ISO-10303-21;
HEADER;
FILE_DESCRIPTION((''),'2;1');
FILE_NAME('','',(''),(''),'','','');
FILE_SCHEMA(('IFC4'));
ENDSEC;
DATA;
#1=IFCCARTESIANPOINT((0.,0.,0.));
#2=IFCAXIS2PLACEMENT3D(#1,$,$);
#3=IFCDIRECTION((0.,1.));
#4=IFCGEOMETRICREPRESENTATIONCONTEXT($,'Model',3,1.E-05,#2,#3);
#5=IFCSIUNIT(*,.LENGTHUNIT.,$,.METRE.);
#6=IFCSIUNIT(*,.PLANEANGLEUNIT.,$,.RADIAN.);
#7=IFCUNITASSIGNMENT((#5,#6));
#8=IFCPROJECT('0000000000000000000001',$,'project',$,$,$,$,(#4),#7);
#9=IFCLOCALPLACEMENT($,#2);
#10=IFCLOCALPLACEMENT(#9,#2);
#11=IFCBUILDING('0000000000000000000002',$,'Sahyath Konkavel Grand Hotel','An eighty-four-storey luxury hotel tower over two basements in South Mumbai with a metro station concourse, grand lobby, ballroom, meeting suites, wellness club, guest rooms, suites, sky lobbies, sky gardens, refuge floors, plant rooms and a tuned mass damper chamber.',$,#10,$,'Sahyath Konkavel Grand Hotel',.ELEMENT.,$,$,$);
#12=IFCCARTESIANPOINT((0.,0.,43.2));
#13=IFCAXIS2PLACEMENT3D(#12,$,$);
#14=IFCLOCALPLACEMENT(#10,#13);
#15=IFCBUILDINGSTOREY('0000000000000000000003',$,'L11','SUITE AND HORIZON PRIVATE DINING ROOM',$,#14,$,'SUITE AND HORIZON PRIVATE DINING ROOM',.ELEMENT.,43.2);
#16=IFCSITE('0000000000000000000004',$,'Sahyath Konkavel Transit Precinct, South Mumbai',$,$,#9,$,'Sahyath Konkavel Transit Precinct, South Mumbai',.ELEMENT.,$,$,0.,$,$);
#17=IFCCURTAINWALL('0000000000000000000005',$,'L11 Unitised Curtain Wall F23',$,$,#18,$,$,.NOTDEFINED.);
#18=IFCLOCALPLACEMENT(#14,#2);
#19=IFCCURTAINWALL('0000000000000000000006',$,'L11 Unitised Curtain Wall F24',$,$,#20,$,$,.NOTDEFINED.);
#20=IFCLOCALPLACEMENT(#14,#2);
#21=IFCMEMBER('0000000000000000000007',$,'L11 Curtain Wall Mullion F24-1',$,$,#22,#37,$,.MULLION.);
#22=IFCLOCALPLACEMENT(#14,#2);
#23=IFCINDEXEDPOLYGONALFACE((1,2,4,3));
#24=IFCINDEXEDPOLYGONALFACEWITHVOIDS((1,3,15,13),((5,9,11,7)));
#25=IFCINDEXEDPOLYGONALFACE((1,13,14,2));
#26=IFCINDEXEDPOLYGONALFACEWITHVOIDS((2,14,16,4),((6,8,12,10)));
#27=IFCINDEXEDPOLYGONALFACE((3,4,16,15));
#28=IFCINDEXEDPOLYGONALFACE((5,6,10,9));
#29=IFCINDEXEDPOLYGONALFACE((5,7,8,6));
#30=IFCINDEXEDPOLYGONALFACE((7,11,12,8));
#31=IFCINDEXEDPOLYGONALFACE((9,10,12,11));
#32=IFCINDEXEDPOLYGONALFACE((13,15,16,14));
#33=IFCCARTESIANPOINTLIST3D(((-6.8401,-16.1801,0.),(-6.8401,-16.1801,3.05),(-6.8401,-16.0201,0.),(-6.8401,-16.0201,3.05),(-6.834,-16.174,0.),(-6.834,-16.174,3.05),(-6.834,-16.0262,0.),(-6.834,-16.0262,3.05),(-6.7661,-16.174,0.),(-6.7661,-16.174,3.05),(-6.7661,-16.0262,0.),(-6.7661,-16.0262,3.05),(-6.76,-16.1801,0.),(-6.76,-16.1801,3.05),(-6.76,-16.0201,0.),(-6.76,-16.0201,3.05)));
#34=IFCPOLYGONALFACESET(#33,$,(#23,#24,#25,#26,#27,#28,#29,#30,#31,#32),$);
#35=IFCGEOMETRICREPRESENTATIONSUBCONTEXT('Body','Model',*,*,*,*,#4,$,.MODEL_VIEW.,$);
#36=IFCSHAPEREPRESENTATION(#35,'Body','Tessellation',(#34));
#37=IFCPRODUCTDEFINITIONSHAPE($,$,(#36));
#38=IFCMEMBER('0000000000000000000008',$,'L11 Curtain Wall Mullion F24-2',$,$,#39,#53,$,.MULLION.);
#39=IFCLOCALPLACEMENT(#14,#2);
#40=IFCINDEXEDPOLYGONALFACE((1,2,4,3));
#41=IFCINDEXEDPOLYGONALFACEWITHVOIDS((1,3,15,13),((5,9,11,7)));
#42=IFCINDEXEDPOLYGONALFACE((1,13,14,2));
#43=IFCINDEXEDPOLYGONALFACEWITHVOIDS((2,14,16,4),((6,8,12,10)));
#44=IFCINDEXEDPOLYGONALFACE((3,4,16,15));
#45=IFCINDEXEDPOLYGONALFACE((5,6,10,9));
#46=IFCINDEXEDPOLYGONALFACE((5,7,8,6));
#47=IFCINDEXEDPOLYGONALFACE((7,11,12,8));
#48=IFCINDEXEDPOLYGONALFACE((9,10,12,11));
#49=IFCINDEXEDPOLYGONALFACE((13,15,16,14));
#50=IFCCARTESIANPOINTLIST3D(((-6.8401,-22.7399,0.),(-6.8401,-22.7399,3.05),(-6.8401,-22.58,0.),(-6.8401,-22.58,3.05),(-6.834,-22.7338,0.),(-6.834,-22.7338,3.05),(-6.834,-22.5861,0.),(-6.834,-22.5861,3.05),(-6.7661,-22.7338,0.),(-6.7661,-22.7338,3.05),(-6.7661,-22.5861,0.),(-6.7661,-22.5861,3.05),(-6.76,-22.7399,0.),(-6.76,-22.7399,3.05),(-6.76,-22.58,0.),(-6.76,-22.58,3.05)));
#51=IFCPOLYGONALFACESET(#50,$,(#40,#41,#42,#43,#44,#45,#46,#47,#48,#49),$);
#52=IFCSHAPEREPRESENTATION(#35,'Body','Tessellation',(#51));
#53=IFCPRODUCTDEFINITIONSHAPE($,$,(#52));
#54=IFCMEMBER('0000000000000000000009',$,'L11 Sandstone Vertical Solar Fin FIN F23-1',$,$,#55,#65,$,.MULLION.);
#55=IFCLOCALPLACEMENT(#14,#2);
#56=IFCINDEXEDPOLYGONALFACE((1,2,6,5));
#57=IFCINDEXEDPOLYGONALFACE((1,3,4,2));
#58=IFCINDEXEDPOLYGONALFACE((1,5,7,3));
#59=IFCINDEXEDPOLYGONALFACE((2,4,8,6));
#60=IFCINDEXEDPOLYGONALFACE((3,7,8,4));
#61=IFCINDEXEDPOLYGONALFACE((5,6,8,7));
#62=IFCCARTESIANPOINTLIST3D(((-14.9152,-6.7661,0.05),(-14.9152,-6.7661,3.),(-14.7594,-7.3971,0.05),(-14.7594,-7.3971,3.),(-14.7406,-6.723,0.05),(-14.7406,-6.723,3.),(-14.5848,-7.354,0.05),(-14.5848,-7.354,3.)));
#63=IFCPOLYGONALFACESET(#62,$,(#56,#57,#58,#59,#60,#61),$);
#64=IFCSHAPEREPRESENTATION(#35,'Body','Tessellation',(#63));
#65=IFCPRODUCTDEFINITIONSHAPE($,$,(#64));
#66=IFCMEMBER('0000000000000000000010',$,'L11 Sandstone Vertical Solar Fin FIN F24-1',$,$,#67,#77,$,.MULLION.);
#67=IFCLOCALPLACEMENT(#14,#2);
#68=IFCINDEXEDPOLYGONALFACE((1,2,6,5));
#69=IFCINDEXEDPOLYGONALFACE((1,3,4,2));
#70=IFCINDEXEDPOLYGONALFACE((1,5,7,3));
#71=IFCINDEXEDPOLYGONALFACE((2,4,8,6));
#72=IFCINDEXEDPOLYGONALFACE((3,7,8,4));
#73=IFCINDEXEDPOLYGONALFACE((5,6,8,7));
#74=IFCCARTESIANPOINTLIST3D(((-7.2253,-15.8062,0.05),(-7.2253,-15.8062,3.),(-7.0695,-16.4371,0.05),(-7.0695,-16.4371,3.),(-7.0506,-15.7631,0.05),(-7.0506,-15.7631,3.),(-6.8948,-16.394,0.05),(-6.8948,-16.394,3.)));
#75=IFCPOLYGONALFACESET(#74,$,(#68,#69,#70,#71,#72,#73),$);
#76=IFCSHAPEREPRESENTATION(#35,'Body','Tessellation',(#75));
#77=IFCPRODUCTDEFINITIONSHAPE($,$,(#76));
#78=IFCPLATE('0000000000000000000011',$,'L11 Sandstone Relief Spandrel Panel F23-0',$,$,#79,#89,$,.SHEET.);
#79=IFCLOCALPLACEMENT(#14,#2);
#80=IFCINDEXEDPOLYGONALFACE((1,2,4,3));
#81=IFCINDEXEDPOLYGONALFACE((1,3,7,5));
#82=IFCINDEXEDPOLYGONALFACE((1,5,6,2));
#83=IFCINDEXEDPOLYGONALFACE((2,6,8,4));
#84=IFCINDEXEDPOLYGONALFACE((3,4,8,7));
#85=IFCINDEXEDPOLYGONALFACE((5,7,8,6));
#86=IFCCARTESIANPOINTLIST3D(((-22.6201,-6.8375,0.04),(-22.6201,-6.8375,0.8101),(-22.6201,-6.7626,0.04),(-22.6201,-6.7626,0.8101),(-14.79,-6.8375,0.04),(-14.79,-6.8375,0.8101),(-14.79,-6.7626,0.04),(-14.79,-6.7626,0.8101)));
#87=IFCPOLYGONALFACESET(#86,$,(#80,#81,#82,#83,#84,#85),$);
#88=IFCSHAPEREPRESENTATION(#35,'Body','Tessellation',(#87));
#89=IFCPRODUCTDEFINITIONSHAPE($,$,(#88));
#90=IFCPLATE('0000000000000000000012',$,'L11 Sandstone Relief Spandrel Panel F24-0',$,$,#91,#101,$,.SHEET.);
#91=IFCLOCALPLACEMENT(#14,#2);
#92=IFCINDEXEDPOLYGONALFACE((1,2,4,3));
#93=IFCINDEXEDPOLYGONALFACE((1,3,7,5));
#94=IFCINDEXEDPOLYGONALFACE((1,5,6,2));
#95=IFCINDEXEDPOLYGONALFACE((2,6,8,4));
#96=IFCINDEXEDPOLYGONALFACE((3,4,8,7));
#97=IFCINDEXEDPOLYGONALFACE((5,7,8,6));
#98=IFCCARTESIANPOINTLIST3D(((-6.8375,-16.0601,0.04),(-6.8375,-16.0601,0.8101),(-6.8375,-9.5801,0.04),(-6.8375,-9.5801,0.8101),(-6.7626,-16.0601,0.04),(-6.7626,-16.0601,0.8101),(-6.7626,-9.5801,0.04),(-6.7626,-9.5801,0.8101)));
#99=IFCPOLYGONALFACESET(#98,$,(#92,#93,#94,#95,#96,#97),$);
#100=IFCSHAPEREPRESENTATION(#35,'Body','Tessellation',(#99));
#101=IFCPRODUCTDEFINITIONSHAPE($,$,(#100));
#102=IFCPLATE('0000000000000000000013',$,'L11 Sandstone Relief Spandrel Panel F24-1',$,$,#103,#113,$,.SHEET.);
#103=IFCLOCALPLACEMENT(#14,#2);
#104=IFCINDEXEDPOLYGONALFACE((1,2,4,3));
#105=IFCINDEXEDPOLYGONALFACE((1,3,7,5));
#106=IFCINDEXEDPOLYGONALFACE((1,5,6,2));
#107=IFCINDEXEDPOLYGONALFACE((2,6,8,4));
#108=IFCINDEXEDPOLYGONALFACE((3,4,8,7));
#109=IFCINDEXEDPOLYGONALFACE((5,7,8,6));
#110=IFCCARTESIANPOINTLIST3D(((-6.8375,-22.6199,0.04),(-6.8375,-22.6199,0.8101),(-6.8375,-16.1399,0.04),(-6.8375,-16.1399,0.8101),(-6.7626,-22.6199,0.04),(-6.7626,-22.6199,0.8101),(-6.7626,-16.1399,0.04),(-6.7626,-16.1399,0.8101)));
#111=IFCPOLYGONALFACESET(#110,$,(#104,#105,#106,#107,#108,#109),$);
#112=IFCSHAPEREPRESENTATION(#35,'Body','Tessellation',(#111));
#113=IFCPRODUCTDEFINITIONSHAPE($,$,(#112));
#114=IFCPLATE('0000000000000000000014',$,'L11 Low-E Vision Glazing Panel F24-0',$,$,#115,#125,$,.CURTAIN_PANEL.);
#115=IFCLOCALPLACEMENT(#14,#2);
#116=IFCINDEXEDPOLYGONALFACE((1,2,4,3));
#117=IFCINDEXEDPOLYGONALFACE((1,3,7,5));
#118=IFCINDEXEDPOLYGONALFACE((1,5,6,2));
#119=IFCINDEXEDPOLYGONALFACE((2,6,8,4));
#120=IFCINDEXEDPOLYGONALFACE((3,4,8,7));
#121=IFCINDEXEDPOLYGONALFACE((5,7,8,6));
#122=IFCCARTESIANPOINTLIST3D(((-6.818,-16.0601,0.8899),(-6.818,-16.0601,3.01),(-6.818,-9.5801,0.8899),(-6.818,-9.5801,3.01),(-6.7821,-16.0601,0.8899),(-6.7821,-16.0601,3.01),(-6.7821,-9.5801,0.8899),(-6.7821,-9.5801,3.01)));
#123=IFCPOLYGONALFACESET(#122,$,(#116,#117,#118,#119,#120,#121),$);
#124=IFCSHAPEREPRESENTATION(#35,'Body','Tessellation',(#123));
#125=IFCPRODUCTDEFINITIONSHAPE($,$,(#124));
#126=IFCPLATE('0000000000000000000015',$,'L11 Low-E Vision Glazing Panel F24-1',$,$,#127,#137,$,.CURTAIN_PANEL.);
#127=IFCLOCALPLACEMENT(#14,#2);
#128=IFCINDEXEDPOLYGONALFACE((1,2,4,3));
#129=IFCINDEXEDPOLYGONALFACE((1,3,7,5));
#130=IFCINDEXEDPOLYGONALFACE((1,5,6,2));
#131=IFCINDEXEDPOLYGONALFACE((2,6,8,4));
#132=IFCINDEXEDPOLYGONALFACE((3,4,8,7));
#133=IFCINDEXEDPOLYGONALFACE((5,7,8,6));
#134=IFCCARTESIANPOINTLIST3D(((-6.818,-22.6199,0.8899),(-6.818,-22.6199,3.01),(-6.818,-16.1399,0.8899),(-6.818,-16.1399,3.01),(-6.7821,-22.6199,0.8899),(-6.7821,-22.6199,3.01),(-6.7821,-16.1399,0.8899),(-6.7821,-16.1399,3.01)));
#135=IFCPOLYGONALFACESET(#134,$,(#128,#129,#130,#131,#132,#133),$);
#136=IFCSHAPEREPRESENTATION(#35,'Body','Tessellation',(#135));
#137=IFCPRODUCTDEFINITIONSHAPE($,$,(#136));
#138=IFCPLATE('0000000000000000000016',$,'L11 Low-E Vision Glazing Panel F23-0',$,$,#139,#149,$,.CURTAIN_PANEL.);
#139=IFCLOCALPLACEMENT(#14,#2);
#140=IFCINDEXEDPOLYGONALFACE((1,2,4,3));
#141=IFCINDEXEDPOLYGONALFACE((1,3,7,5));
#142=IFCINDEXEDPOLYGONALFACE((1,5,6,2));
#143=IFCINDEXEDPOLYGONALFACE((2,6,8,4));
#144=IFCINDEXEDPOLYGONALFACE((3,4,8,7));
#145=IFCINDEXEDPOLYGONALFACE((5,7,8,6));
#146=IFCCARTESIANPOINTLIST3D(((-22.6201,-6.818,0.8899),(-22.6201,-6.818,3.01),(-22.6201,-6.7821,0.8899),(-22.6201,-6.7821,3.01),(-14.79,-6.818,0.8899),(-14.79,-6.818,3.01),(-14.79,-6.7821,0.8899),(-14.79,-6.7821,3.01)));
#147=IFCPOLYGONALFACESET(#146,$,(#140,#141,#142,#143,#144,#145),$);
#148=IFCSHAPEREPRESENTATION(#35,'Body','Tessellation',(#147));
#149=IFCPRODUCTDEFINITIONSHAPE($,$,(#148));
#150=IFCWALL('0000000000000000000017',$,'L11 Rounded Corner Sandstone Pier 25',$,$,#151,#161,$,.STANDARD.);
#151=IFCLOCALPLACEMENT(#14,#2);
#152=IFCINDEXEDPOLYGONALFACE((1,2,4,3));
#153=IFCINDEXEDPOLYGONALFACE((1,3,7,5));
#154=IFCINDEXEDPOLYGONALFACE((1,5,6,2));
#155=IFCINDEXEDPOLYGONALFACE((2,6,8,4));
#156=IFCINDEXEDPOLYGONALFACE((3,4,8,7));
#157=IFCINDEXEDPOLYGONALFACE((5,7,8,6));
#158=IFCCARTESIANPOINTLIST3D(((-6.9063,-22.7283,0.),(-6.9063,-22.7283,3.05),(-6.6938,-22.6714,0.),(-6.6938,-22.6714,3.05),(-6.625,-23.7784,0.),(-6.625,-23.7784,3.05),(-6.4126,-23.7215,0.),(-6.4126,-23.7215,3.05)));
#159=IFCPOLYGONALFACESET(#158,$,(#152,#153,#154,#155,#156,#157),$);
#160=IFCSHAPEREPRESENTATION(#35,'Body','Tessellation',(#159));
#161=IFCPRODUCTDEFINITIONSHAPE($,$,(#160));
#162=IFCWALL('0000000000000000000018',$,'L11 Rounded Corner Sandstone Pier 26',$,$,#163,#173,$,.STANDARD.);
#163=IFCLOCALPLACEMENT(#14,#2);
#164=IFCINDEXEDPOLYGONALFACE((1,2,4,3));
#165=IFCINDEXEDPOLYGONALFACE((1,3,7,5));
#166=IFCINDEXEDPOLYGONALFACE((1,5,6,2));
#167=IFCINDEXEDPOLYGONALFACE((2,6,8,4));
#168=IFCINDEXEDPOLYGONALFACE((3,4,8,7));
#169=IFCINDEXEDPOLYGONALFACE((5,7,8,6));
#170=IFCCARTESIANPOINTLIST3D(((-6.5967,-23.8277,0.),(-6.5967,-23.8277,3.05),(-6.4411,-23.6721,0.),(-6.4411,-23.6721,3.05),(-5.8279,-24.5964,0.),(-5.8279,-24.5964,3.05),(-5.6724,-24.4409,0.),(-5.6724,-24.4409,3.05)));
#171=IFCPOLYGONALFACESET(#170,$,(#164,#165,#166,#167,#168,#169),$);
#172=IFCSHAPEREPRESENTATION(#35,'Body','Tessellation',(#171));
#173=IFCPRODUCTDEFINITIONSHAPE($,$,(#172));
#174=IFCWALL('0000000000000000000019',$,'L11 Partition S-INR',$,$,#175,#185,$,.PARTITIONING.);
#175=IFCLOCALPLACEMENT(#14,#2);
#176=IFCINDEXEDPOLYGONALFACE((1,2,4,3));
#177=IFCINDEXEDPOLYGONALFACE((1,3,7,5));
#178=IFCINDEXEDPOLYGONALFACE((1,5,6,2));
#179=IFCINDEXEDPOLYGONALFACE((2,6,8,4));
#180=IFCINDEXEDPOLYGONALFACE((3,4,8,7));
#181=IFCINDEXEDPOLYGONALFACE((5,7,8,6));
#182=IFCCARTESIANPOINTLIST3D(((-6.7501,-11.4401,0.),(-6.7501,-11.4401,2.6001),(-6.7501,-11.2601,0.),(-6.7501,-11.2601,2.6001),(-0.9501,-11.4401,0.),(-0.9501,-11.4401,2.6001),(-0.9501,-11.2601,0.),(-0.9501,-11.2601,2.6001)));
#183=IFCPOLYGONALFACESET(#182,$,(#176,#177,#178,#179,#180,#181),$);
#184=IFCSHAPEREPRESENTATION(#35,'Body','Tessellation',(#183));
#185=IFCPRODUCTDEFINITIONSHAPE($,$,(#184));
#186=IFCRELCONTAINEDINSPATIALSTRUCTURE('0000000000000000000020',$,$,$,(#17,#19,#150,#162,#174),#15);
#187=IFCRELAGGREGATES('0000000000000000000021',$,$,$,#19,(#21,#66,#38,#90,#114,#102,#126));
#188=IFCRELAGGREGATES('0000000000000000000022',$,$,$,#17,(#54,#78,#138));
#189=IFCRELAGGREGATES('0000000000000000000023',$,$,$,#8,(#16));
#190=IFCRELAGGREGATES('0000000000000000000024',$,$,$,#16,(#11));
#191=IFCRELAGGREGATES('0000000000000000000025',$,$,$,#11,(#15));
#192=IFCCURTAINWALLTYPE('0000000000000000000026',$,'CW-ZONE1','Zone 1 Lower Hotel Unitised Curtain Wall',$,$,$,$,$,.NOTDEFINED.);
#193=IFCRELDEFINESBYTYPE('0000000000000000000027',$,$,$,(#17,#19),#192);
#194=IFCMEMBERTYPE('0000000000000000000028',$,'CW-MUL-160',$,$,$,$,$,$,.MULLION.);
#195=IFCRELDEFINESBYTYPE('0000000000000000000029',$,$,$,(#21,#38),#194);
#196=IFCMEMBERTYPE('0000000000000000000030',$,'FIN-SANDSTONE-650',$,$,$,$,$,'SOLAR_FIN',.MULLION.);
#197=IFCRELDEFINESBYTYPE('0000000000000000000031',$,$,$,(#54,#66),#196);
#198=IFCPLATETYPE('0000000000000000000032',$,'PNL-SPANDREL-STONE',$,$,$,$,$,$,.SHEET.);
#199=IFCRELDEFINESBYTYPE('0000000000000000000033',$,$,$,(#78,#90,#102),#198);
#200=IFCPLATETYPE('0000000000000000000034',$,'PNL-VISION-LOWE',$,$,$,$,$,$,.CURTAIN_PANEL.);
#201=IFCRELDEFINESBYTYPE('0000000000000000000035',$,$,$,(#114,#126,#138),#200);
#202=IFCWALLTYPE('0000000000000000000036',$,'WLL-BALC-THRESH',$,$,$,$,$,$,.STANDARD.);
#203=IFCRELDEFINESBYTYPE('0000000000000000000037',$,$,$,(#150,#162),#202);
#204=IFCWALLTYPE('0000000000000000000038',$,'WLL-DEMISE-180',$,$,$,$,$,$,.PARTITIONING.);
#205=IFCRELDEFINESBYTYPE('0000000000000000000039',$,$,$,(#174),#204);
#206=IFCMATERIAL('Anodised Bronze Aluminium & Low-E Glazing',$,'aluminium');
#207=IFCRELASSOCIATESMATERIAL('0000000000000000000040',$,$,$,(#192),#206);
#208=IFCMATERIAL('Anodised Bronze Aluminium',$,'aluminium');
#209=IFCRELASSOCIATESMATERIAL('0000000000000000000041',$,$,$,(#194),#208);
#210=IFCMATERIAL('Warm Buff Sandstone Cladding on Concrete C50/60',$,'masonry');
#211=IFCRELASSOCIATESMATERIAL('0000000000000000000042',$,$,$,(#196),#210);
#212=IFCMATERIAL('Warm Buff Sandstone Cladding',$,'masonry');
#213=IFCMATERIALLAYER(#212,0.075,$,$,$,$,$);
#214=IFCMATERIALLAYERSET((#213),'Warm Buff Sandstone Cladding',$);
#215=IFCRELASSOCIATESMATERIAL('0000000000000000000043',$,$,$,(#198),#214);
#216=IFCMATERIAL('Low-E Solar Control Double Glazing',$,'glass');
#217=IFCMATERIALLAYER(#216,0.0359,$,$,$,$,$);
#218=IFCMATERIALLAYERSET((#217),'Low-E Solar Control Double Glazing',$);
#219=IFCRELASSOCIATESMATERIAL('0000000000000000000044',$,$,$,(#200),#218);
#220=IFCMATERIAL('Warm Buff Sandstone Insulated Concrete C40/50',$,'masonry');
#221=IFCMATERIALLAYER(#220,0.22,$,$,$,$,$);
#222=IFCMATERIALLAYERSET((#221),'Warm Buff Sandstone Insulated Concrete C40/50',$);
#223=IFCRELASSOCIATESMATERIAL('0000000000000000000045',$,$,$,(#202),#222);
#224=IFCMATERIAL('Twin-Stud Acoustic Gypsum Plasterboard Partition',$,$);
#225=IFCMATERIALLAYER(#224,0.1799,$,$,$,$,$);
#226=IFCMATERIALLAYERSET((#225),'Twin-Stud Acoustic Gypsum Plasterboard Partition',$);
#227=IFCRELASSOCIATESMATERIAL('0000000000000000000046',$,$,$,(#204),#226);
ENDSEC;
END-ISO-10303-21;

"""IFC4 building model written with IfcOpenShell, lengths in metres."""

from ifc_helpers import new_model, si_unit, direction, frame, frame_2d, origin, origin_2d, place, context, subcontext, project, spatial, rectangle, hollow_rectangle, extrude, source, transform, mapped, material, layer, layer_set, material_profile, profile_set, type_object, element, aggregate, save


model = new_model("IFC4")

# Units and contexts
model_context = context("Model", 3, precision=1e-05, world=origin(), true_north=direction((0.0, 1.0)))
body_context = subcontext(model_context, "Body", "Model", "MODEL_VIEW")
ifc_project = project(units=[si_unit("LENGTHUNIT", "METRE"), si_unit("PLANEANGLEUNIT", "RADIAN")], contexts=[model_context])

# Site, building, storey
site_placement = place(None, origin())
site = spatial("IfcSite", under=ifc_project, at=site_placement, Name="Sahyath Konkavel Transit Precinct, South Mumbai", LongName="Sahyath Konkavel Transit Precinct, South Mumbai", CompositionType="ELEMENT", RefElevation=0.0)
building_placement = place(site_placement, origin())
building = spatial("IfcBuilding", under=site, at=building_placement, Name="Sahyath Konkavel Grand Hotel", Description="An eighty-four-storey luxury hotel tower over two basements in South Mumbai with a metro station concourse, grand lobby, ballroom, meeting suites, wellness club, guest rooms, suites, sky lobbies, sky gardens, refuge floors, plant rooms and a tuned mass damper chamber.", LongName="Sahyath Konkavel Grand Hotel", CompositionType="ELEMENT")
storey_placement = place(building_placement, frame((0.0, 0.0, 43.2)))
storey = spatial("IfcBuildingStorey", under=building, at=storey_placement, Name="L11", Description="SUITE AND HORIZON PRIVATE DINING ROOM", LongName="SUITE AND HORIZON PRIVATE DINING ROOM", CompositionType="ELEMENT", Elevation=43.2)

# Curtain wall
ifc_material_1 = material(Name="Anodised Bronze Aluminium & Low-E Glazing", Category="aluminium")
curtain_wall_type = type_object("IfcCurtainWallType", Name="CW-ZONE1", Description="Zone 1 Lower Hotel Unitised Curtain Wall", PredefinedType="NOTDEFINED", material=ifc_material_1)
curtain_wall_1_placement = place(storey_placement, origin())
curtain_wall_1 = element("IfcCurtainWall", 1, at=curtain_wall_1_placement, inside=storey, type_object=curtain_wall_type, Name="L11 Unitised Curtain Wall F23", PredefinedType="NOTDEFINED")
ifc_material_2 = material(Name="Anodised Bronze Aluminium", Category="aluminium")

# Curtain wall
curtain_wall_2_placement = place(storey_placement, origin())
curtain_wall_2 = element("IfcCurtainWall", 2, at=curtain_wall_2_placement, inside=storey, type_object=curtain_wall_type, Name="L11 Unitised Curtain Wall F24", PredefinedType="NOTDEFINED")

# Members
ifc_material_profile_1 = material_profile(ifc_material_2, hollow_rectangle(XDim=0.0801, YDim=0.1599, WallThickness=0.0061, at=origin_2d()), Name="RHS 160x80x6")
ifc_profile_set_1 = profile_set([ifc_material_profile_1], Name="Anodised Bronze Aluminium")
member_type_1 = type_object("IfcMemberType", Name="CW-MUL-160", PredefinedType="MULLION", material=ifc_profile_set_1)
shared_shape_1 = source(origin(), body_context, "Body", "SweptSolid", [
    extrude(hollow_rectangle(XDim=0.0801, YDim=0.1599, WallThickness=0.0061, at=origin_2d()), origin(), (0.0, 0.0, 1.0), 3.05),
])
member_1_placement = place(storey_placement, frame((-6.8, -16.1001, 0.0), z_axis=(0.0, 0.0, 1.0), x_axis=(1.0, 0.0, 0.0)))
member_1 = element("IfcMember", 3, at=member_1_placement, type_object=member_type_1, Name="L11 Curtain Wall Mullion F24-1", PredefinedType="MULLION", context=body_context, shape_type="MappedRepresentation", body=[
    mapped(shared_shape_1, transform((0.0, 0.0, 0.0), scale=1.0)),
])
member_2_placement = place(storey_placement, frame((-6.8, -22.6599, 0.0), z_axis=(0.0, 0.0, 1.0), x_axis=(1.0, 0.0, 0.0)))
member_2 = element("IfcMember", 4, at=member_2_placement, type_object=member_type_1, Name="L11 Curtain Wall Mullion F24-2", PredefinedType="MULLION", context=body_context, shape_type="MappedRepresentation", body=[
    mapped(shared_shape_1, transform((0.0, 0.0, 0.0), scale=1.0)),
])
ifc_material_3 = material(Name="Warm Buff Sandstone Cladding on Concrete C50/60", Category="masonry")
ifc_material_profile_2 = material_profile(ifc_material_3, rectangle(XDim=0.1799, YDim=0.6499, at=origin_2d()), Name="FIN 180x650")
ifc_profile_set_2 = profile_set([ifc_material_profile_2], Name="Warm Buff Sandstone Cladding on Concrete C50/60")
member_type_2 = type_object("IfcMemberType", Name="FIN-SANDSTONE-650", ElementType="SOLAR_FIN", PredefinedType="MULLION", material=ifc_profile_set_2)
shared_shape_2 = source(origin(), body_context, "Body", "SweptSolid", [
    extrude(rectangle(XDim=0.1799, YDim=0.6499, at=origin_2d()), origin(), (0.0, 0.0, 1.0), 2.95),
])
member_3_placement = place(storey_placement, frame((-14.75, -7.0601, 0.05), z_axis=(0.0, 0.0, 1.0), x_axis=(0.970842, 0.23972, 0.0)))
member_3 = element("IfcMember", 5, at=member_3_placement, type_object=member_type_2, Name="L11 Sandstone Vertical Solar Fin FIN F23-1", PredefinedType="MULLION", context=body_context, shape_type="MappedRepresentation", body=[
    mapped(shared_shape_2, transform((0.0, 0.0, 0.0), scale=1.0)),
])
member_4_placement = place(storey_placement, frame((-7.0601, -16.1001, 0.05), z_axis=(0.0, 0.0, 1.0), x_axis=(0.970842, 0.23972, 0.0)))
member_4 = element("IfcMember", 6, at=member_4_placement, type_object=member_type_2, Name="L11 Sandstone Vertical Solar Fin FIN F24-1", PredefinedType="MULLION", context=body_context, shape_type="MappedRepresentation", body=[
    mapped(shared_shape_2, transform((0.0, 0.0, 0.0), scale=1.0)),
])

# Plates
ifc_material_4 = material(Name="Warm Buff Sandstone Cladding", Category="masonry")
ifc_layer_1 = layer(ifc_material_4, 0.075)
ifc_layer_set_1 = layer_set([ifc_layer_1], Name="Warm Buff Sandstone Cladding")
plate_type_1 = type_object("IfcPlateType", Name="PNL-SPANDREL-STONE", PredefinedType="SHEET", material=ifc_layer_set_1)
shared_shape_3 = source(origin(), body_context, "Body", "SweptSolid", [
    extrude(rectangle(XDim=7.8301, YDim=0.075, at=origin_2d()), origin(), (0.0, 0.0, 1.0), 0.77),
])
plate_1_placement = place(storey_placement, frame((-18.7051, -6.8, 0.04), z_axis=(0.0, 0.0, 1.0), x_axis=(1.0, 0.0, 0.0)))
plate_1 = element("IfcPlate", 7, at=plate_1_placement, type_object=plate_type_1, Name="L11 Sandstone Relief Spandrel Panel F23-0", PredefinedType="SHEET", context=body_context, shape_type="MappedRepresentation", body=[
    mapped(shared_shape_3, transform((0.0, 0.0, 0.0), scale=1.0)),
])
shared_shape_4 = source(origin(), body_context, "Body", "SweptSolid", [
    extrude(rectangle(XDim=6.48, YDim=0.075, at=origin_2d()), origin(), (0.0, 0.0, 1.0), 0.77),
])
plate_2_placement = place(storey_placement, frame((-6.8, -12.8201, 0.04), z_axis=(0.0, 0.0, 1.0), x_axis=(0.0, -1.0, 0.0)))
plate_2 = element("IfcPlate", 8, at=plate_2_placement, type_object=plate_type_1, Name="L11 Sandstone Relief Spandrel Panel F24-0", PredefinedType="SHEET", context=body_context, shape_type="MappedRepresentation", body=[
    mapped(shared_shape_4, transform((0.0, 0.0, 0.0), scale=1.0)),
])
plate_3_placement = place(storey_placement, frame((-6.8, -19.3799, 0.04), z_axis=(0.0, 0.0, 1.0), x_axis=(0.0, -1.0, 0.0)))
plate_3 = element("IfcPlate", 9, at=plate_3_placement, type_object=plate_type_1, Name="L11 Sandstone Relief Spandrel Panel F24-1", PredefinedType="SHEET", context=body_context, shape_type="MappedRepresentation", body=[
    mapped(shared_shape_4, transform((0.0, 0.0, 0.0), scale=1.0)),
])
ifc_material_5 = material(Name="Low-E Solar Control Double Glazing", Category="glass")
ifc_layer_2 = layer(ifc_material_5, 0.0359)
ifc_layer_set_2 = layer_set([ifc_layer_2], Name="Low-E Solar Control Double Glazing")
plate_type_2 = type_object("IfcPlateType", Name="PNL-VISION-LOWE", PredefinedType="CURTAIN_PANEL", material=ifc_layer_set_2)
shared_shape_5 = source(origin(), body_context, "Body", "SweptSolid", [
    extrude(rectangle(XDim=6.48, YDim=0.0359, at=origin_2d()), origin(), (0.0, 0.0, 1.0), 2.1201),
])
plate_4_placement = place(storey_placement, frame((-6.8, -12.8201, 0.8899), z_axis=(0.0, 0.0, 1.0), x_axis=(0.0, -1.0, 0.0)))
plate_4 = element("IfcPlate", 10, at=plate_4_placement, type_object=plate_type_2, Name="L11 Low-E Vision Glazing Panel F24-0", PredefinedType="CURTAIN_PANEL", context=body_context, shape_type="MappedRepresentation", body=[
    mapped(shared_shape_5, transform((0.0, 0.0, 0.0), scale=1.0)),
])
plate_5_placement = place(storey_placement, frame((-6.8, -19.3799, 0.8899), z_axis=(0.0, 0.0, 1.0), x_axis=(0.0, -1.0, 0.0)))
plate_5 = element("IfcPlate", 11, at=plate_5_placement, type_object=plate_type_2, Name="L11 Low-E Vision Glazing Panel F24-1", PredefinedType="CURTAIN_PANEL", context=body_context, shape_type="MappedRepresentation", body=[
    mapped(shared_shape_5, transform((0.0, 0.0, 0.0), scale=1.0)),
])
aggregate(curtain_wall_2, [member_1, member_4, member_2, plate_2, plate_4, plate_3, plate_5])
shared_shape_6 = source(origin(), body_context, "Body", "SweptSolid", [
    extrude(rectangle(XDim=7.8301, YDim=0.0359, at=origin_2d()), origin(), (0.0, 0.0, 1.0), 2.1201),
])
plate_6_placement = place(storey_placement, frame((-18.7051, -6.8, 0.8899), z_axis=(0.0, 0.0, 1.0), x_axis=(1.0, 0.0, 0.0)))
plate_6 = element("IfcPlate", 12, at=plate_6_placement, type_object=plate_type_2, Name="L11 Low-E Vision Glazing Panel F23-0", PredefinedType="CURTAIN_PANEL", context=body_context, shape_type="MappedRepresentation", body=[
    mapped(shared_shape_6, transform((0.0, 0.0, 0.0), scale=1.0)),
])
aggregate(curtain_wall_1, [member_3, plate_1, plate_6])

# Walls
ifc_material_6 = material(Name="Warm Buff Sandstone Insulated Concrete C40/50", Category="masonry")
ifc_layer_3 = layer(ifc_material_6, 0.22)
ifc_layer_set_3 = layer_set([ifc_layer_3], Name="Warm Buff Sandstone Insulated Concrete C40/50")
wall_type_1 = type_object("IfcWallType", Name="WLL-BALC-THRESH", PredefinedType="STANDARD", material=ifc_layer_set_3)
for number, where, z_axis, x_axis, name in (
    (13, (-6.8, -22.7, 0.0), (0.0, 0.0, 1.0), (0.258725, -0.965951, 0.0), "L11 Rounded Corner Sandstone Pier 25"),
    (14, (-6.5188, -23.75, 0.0), (0.0, 0.0, 1.0), (0.707107, -0.707107, 0.0), "L11 Rounded Corner Sandstone Pier 26"),
):
    element("IfcWall", number, at=place(storey_placement, frame(where, z_axis=z_axis, x_axis=x_axis)), inside=storey, type_object=wall_type_1, Name=name, PredefinedType="STANDARD", context=body_context, shape_type="SweptSolid", body=[
        extrude(rectangle(XDim=1.0872, YDim=0.22, at=frame_2d((0.5435, 0.0))), origin(), (0.0, 0.0, 1.0), 3.05),
    ])
ifc_material_7 = material(Name="Twin-Stud Acoustic Gypsum Plasterboard Partition")
ifc_layer_4 = layer(ifc_material_7, 0.1799)
ifc_layer_set_4 = layer_set([ifc_layer_4], Name="Twin-Stud Acoustic Gypsum Plasterboard Partition")
wall_type_2 = type_object("IfcWallType", Name="WLL-DEMISE-180", PredefinedType="PARTITIONING", material=ifc_layer_set_4)
wall_placement = place(storey_placement, frame((-6.75, -11.3501, 0.0), z_axis=(0.0, 0.0, 1.0), x_axis=(1.0, 0.0, 0.0)))
element("IfcWall", 15, at=wall_placement, inside=storey, type_object=wall_type_2, Name="L11 Partition S-INR", PredefinedType="PARTITIONING", context=body_context, shape_type="SweptSolid", body=[
    extrude(rectangle(XDim=5.8, YDim=0.1799, at=frame_2d((2.8999, 0.0))), origin(), (0.0, 0.0, 1.0), 2.6001),
])

save(model, "model.ifc")
